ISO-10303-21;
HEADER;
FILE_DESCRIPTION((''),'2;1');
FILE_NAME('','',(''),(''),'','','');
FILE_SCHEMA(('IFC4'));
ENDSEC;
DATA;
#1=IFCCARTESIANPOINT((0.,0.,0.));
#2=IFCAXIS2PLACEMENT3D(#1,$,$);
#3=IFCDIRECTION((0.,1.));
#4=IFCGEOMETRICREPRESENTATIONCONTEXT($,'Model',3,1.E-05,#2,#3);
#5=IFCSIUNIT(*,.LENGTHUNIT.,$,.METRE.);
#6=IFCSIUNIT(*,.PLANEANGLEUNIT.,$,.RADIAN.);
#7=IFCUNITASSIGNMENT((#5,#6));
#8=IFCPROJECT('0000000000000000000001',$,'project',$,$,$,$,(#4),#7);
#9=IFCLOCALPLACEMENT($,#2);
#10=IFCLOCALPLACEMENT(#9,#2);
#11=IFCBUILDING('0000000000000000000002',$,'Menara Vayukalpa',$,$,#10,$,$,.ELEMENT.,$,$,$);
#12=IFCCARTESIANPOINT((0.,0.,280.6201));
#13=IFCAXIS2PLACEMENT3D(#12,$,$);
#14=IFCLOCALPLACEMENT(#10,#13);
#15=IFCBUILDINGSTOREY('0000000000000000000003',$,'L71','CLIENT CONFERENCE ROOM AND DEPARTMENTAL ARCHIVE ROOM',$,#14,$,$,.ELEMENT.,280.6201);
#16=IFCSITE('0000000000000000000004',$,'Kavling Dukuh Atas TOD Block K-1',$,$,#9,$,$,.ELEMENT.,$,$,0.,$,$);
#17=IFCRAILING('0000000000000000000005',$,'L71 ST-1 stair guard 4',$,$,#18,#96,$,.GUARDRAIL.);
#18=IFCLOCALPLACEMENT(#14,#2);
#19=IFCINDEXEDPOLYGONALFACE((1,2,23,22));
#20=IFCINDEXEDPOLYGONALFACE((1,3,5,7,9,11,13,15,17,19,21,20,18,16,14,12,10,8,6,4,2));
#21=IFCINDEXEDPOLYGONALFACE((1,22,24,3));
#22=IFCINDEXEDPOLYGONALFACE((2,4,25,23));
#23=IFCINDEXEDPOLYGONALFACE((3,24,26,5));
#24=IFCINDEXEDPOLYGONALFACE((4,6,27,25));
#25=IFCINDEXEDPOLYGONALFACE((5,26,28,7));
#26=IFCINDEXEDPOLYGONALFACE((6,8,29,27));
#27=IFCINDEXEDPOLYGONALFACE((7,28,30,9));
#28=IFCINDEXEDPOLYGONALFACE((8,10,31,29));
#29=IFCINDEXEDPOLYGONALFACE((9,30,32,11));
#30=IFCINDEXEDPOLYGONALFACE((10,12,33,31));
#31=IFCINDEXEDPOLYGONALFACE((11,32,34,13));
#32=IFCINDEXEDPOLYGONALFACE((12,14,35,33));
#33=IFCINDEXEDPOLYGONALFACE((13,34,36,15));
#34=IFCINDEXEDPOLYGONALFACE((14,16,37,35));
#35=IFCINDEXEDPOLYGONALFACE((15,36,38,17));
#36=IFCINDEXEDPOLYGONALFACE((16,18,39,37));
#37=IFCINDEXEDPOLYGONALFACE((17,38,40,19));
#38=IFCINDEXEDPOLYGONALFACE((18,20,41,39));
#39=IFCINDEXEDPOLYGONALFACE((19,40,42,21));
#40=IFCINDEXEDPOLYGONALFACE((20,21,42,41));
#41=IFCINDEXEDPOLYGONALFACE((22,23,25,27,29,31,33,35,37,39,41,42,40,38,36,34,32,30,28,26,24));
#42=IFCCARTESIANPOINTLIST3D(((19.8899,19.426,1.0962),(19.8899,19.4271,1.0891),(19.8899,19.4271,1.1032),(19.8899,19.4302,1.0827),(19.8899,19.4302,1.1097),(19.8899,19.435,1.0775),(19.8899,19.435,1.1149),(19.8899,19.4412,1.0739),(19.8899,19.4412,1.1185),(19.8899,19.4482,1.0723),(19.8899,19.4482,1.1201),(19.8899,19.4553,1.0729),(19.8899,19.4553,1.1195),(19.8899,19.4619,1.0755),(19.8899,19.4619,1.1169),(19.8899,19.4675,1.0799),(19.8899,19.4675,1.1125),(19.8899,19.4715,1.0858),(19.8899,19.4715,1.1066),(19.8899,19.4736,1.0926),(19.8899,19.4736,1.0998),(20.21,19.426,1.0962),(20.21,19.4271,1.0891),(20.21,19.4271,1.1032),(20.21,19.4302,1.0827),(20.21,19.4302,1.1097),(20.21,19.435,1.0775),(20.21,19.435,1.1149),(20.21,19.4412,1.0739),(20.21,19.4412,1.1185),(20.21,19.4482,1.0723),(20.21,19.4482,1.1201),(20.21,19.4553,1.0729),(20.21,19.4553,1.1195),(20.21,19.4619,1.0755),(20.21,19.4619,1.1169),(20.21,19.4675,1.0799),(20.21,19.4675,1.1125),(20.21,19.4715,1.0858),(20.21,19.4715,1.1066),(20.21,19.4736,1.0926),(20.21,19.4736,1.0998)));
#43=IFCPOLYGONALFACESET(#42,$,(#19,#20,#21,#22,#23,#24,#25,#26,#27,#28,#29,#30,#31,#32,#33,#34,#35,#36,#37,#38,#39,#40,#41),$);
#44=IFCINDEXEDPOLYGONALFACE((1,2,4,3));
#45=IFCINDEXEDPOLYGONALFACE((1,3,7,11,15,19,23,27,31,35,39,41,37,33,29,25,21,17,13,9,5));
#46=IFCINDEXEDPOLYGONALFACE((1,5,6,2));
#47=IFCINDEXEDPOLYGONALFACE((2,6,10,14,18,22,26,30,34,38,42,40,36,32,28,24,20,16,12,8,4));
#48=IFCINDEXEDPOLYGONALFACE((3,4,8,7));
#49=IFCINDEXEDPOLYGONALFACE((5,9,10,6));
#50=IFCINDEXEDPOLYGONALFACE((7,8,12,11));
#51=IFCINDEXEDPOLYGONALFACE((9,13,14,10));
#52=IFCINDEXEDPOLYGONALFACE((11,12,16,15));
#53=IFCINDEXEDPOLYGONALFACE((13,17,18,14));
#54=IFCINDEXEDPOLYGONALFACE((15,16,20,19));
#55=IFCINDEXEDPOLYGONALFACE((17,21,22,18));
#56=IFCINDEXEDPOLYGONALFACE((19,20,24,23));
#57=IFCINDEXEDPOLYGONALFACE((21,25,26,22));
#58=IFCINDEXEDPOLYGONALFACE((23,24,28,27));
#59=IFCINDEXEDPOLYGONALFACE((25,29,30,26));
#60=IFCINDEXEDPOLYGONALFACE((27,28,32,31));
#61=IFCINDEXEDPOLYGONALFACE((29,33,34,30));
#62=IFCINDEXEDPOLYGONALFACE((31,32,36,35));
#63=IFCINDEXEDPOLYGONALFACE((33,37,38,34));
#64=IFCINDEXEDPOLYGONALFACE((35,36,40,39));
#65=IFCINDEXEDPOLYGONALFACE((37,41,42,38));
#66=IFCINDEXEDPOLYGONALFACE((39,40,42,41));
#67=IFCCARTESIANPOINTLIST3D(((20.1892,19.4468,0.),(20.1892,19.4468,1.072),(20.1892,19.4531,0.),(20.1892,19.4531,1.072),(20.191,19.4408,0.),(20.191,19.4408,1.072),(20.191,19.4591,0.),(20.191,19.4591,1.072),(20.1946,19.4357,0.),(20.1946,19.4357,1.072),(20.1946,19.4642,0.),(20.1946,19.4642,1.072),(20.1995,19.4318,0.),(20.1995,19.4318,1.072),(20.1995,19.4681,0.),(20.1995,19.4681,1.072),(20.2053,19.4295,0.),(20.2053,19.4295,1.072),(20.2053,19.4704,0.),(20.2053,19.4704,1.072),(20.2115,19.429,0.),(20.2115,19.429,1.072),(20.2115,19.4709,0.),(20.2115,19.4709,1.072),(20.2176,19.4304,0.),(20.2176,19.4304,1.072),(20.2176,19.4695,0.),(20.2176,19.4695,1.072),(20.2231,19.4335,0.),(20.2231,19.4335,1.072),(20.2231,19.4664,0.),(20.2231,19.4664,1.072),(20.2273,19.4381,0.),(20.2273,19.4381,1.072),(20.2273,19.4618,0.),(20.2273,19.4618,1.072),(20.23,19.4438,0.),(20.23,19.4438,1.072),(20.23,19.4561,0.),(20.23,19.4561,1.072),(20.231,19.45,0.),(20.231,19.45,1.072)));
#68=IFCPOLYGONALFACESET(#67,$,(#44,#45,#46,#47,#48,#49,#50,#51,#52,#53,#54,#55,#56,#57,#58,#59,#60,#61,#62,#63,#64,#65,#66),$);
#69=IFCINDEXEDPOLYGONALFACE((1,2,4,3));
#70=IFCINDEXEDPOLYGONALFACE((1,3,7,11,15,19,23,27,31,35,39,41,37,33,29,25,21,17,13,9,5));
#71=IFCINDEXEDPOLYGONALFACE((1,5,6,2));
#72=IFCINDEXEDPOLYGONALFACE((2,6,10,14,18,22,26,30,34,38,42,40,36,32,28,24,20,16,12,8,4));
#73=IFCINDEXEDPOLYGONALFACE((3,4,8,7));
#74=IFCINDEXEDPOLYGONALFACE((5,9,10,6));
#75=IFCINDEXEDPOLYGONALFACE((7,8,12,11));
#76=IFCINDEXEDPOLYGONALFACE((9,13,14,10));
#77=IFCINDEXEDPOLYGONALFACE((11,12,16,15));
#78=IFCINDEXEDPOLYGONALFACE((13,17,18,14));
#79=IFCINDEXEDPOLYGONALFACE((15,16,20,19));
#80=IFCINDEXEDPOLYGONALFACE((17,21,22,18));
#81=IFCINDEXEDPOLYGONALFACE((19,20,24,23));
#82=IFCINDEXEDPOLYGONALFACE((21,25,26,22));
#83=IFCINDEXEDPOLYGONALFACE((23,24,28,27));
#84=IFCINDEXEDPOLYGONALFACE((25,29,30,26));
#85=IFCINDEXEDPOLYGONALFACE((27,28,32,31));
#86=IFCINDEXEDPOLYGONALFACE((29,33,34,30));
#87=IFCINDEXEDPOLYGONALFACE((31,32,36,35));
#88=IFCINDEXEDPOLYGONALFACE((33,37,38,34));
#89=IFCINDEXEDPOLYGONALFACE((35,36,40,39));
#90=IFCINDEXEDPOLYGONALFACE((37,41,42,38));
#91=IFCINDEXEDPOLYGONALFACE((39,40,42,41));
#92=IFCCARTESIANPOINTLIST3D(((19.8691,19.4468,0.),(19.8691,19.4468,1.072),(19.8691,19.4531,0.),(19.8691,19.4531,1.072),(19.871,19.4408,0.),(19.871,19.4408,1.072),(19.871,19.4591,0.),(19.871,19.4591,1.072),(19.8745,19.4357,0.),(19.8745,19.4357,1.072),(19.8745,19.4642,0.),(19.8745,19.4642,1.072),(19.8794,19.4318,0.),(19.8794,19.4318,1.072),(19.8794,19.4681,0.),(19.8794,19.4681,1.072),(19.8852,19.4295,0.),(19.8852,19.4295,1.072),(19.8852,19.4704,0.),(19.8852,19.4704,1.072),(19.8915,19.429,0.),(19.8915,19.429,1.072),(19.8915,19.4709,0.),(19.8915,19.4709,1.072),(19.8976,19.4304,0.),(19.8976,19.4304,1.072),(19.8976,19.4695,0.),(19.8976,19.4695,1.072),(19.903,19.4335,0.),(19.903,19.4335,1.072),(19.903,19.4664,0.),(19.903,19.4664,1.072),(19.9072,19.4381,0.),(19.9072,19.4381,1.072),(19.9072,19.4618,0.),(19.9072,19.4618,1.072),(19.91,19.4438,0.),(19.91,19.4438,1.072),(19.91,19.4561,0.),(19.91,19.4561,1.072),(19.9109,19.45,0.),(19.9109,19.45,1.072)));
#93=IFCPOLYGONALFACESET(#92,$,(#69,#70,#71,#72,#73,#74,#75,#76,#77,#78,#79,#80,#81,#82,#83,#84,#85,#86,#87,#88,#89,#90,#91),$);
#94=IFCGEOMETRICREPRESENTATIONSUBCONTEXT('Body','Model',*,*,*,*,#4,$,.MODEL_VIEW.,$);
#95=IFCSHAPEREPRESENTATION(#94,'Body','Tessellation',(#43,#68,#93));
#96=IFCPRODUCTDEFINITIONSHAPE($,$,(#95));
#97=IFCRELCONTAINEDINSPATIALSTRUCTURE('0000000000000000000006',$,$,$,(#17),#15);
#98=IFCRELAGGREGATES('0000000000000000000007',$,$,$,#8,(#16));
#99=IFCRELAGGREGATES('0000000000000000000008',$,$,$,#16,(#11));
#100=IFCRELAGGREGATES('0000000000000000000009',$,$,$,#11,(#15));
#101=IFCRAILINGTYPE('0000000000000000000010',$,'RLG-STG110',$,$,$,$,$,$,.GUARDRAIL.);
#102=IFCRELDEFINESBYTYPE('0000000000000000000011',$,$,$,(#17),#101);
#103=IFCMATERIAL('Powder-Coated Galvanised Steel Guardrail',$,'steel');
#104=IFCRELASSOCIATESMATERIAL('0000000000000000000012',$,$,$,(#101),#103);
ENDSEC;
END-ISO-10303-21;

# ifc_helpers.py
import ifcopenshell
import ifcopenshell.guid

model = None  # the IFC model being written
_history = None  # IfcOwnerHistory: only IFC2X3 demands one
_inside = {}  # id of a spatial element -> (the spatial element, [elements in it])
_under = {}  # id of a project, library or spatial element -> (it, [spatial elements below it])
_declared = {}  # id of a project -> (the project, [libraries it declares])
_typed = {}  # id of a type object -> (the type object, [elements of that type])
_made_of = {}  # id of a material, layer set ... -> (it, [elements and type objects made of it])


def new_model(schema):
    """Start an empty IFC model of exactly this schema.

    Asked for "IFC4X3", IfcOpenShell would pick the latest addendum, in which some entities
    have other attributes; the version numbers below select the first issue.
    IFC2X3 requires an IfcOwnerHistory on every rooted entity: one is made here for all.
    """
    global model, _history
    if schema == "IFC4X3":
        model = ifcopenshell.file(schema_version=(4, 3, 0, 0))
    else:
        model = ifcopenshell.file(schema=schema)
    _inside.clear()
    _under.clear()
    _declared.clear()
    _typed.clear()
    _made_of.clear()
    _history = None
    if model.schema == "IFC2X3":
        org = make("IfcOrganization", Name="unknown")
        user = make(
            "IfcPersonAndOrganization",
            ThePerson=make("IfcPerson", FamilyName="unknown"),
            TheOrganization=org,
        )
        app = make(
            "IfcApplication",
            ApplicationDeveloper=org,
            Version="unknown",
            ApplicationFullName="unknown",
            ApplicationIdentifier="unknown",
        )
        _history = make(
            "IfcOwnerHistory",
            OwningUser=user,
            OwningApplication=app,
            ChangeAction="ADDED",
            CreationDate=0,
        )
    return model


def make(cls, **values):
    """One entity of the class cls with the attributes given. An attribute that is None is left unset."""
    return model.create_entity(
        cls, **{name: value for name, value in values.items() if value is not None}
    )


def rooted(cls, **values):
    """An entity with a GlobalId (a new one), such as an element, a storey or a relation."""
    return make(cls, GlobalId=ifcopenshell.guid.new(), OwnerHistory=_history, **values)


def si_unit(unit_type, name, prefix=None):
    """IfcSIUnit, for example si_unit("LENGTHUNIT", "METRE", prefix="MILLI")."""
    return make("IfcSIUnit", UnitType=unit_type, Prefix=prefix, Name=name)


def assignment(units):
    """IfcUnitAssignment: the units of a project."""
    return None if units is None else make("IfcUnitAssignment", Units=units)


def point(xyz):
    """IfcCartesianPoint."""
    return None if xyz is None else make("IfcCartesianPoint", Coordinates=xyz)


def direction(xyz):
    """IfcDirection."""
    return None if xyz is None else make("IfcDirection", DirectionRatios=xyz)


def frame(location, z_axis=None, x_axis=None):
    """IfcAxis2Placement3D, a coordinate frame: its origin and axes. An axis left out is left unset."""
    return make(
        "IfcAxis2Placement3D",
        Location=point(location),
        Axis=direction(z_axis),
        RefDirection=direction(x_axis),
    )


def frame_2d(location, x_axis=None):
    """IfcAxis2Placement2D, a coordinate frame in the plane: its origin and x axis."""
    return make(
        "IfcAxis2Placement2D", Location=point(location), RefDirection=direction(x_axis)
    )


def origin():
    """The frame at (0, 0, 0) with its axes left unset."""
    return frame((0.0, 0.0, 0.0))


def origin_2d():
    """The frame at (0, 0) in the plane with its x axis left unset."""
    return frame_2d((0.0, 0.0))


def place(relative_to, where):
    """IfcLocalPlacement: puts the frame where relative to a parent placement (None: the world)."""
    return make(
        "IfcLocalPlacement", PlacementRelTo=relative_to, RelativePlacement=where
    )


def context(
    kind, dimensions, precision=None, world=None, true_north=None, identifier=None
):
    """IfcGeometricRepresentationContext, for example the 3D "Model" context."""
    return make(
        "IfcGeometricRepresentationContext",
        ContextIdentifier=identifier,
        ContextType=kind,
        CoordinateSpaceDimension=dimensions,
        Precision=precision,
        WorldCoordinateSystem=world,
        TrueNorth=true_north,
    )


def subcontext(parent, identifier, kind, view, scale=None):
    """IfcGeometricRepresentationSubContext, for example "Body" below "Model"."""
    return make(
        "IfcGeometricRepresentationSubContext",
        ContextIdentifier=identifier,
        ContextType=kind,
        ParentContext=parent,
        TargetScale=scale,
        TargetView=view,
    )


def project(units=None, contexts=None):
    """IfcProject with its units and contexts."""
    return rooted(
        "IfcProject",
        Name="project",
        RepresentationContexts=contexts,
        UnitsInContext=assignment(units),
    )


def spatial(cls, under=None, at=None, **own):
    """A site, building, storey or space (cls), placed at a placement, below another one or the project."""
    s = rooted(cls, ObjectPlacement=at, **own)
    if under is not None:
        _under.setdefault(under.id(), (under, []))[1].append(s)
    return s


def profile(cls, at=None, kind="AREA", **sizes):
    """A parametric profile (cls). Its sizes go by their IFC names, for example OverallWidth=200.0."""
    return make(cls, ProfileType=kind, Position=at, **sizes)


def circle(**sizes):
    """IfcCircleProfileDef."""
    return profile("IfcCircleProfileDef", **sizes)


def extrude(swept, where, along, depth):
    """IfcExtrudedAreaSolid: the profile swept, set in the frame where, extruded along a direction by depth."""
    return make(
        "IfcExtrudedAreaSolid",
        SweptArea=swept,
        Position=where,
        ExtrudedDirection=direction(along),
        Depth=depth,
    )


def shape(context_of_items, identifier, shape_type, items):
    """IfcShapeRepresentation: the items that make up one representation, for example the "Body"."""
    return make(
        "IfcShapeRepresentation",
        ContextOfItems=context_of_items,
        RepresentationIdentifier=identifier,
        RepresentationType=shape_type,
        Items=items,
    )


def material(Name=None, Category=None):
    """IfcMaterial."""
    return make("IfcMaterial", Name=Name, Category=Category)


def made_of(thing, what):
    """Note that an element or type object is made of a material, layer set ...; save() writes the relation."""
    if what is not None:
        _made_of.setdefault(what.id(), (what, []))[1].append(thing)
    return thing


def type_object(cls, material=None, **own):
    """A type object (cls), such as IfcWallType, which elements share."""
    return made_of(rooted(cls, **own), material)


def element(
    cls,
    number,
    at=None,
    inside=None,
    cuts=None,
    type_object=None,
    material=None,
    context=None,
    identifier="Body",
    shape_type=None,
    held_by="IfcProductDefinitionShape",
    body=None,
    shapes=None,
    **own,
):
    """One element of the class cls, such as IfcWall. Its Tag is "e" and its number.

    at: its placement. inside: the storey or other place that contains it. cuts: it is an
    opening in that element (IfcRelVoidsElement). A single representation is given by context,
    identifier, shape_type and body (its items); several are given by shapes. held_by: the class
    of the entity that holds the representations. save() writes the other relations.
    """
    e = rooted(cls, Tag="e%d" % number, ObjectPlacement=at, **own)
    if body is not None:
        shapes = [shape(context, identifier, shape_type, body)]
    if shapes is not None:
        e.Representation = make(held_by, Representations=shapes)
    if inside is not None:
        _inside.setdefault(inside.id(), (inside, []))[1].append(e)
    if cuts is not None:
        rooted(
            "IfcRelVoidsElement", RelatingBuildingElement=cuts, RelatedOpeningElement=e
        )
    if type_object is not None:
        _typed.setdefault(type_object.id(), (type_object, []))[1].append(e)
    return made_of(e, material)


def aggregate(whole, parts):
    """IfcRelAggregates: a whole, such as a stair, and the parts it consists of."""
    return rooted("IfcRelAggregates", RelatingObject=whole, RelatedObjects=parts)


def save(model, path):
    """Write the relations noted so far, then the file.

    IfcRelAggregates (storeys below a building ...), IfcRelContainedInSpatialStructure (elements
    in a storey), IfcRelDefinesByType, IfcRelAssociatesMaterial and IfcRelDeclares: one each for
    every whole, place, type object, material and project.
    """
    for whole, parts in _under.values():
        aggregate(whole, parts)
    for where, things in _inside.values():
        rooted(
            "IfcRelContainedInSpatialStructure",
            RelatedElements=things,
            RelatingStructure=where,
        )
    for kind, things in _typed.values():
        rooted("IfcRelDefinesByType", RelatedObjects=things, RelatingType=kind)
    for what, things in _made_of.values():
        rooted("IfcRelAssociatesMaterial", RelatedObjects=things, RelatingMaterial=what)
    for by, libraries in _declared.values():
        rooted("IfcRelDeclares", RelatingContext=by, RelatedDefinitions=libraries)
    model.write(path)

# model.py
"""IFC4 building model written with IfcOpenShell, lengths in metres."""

from ifc_helpers import new_model, si_unit, direction, frame, origin, origin_2d, place, context, subcontext, project, spatial, circle, extrude, material, type_object, element, save


model = new_model("IFC4")

# Units and contexts
model_context = context("Model", 3, precision=1e-05, world=origin(), true_north=direction((0.0, 1.0)))
body_context = subcontext(model_context, "Body", "Model", "MODEL_VIEW")
ifc_project = project(units=[si_unit("LENGTHUNIT", "METRE"), si_unit("PLANEANGLEUNIT", "RADIAN")], contexts=[model_context])

# Site, building, storey
site_placement = place(None, origin())
site = spatial("IfcSite", under=ifc_project, at=site_placement, Name="Kavling Dukuh Atas TOD Block K-1", CompositionType="ELEMENT", RefElevation=0.0)
building_placement = place(site_placement, origin())
building = spatial("IfcBuilding", under=site, at=building_placement, Name="Menara Vayukalpa", CompositionType="ELEMENT")
storey_placement = place(building_placement, frame((0.0, 0.0, 280.6201)))
storey = spatial("IfcBuildingStorey", under=building, at=storey_placement, Name="L71", Description="CLIENT CONFERENCE ROOM AND DEPARTMENTAL ARCHIVE ROOM", CompositionType="ELEMENT", Elevation=280.6201)

# Railing
ifc_material_1 = material(Name="Powder-Coated Galvanised Steel Guardrail", Category="steel")
railing_type_1 = type_object("IfcRailingType", Name="RLG-STG110", PredefinedType="GUARDRAIL", material=ifc_material_1)
railing_1_placement = place(storey_placement, frame((20.21, 19.45, 0.0)))
element("IfcRailing", 1, at=railing_1_placement, inside=storey, type_object=railing_type_1, Name="L71 ST-1 stair guard 4", PredefinedType="GUARDRAIL", context=body_context, shape_type="SweptSolid", body=[
    extrude(circle(Radius=0.0239, at=origin_2d()), frame((0.0, 0.0, 1.0962), z_axis=(-1.0, 0.0, 0.0), x_axis=(0.0, -1.0, 0.0)), (0.0, 0.0, 1.0), 0.3201),
    extrude(circle(Radius=0.021, at=origin_2d()), origin(), (0.0, 0.0, 1.0), 1.072),
    extrude(circle(Radius=0.021, at=origin_2d()), frame((-0.3201, 0.0, 0.0)), (0.0, 0.0, 1.0), 1.072),
])

save(model, "model.ifc")
